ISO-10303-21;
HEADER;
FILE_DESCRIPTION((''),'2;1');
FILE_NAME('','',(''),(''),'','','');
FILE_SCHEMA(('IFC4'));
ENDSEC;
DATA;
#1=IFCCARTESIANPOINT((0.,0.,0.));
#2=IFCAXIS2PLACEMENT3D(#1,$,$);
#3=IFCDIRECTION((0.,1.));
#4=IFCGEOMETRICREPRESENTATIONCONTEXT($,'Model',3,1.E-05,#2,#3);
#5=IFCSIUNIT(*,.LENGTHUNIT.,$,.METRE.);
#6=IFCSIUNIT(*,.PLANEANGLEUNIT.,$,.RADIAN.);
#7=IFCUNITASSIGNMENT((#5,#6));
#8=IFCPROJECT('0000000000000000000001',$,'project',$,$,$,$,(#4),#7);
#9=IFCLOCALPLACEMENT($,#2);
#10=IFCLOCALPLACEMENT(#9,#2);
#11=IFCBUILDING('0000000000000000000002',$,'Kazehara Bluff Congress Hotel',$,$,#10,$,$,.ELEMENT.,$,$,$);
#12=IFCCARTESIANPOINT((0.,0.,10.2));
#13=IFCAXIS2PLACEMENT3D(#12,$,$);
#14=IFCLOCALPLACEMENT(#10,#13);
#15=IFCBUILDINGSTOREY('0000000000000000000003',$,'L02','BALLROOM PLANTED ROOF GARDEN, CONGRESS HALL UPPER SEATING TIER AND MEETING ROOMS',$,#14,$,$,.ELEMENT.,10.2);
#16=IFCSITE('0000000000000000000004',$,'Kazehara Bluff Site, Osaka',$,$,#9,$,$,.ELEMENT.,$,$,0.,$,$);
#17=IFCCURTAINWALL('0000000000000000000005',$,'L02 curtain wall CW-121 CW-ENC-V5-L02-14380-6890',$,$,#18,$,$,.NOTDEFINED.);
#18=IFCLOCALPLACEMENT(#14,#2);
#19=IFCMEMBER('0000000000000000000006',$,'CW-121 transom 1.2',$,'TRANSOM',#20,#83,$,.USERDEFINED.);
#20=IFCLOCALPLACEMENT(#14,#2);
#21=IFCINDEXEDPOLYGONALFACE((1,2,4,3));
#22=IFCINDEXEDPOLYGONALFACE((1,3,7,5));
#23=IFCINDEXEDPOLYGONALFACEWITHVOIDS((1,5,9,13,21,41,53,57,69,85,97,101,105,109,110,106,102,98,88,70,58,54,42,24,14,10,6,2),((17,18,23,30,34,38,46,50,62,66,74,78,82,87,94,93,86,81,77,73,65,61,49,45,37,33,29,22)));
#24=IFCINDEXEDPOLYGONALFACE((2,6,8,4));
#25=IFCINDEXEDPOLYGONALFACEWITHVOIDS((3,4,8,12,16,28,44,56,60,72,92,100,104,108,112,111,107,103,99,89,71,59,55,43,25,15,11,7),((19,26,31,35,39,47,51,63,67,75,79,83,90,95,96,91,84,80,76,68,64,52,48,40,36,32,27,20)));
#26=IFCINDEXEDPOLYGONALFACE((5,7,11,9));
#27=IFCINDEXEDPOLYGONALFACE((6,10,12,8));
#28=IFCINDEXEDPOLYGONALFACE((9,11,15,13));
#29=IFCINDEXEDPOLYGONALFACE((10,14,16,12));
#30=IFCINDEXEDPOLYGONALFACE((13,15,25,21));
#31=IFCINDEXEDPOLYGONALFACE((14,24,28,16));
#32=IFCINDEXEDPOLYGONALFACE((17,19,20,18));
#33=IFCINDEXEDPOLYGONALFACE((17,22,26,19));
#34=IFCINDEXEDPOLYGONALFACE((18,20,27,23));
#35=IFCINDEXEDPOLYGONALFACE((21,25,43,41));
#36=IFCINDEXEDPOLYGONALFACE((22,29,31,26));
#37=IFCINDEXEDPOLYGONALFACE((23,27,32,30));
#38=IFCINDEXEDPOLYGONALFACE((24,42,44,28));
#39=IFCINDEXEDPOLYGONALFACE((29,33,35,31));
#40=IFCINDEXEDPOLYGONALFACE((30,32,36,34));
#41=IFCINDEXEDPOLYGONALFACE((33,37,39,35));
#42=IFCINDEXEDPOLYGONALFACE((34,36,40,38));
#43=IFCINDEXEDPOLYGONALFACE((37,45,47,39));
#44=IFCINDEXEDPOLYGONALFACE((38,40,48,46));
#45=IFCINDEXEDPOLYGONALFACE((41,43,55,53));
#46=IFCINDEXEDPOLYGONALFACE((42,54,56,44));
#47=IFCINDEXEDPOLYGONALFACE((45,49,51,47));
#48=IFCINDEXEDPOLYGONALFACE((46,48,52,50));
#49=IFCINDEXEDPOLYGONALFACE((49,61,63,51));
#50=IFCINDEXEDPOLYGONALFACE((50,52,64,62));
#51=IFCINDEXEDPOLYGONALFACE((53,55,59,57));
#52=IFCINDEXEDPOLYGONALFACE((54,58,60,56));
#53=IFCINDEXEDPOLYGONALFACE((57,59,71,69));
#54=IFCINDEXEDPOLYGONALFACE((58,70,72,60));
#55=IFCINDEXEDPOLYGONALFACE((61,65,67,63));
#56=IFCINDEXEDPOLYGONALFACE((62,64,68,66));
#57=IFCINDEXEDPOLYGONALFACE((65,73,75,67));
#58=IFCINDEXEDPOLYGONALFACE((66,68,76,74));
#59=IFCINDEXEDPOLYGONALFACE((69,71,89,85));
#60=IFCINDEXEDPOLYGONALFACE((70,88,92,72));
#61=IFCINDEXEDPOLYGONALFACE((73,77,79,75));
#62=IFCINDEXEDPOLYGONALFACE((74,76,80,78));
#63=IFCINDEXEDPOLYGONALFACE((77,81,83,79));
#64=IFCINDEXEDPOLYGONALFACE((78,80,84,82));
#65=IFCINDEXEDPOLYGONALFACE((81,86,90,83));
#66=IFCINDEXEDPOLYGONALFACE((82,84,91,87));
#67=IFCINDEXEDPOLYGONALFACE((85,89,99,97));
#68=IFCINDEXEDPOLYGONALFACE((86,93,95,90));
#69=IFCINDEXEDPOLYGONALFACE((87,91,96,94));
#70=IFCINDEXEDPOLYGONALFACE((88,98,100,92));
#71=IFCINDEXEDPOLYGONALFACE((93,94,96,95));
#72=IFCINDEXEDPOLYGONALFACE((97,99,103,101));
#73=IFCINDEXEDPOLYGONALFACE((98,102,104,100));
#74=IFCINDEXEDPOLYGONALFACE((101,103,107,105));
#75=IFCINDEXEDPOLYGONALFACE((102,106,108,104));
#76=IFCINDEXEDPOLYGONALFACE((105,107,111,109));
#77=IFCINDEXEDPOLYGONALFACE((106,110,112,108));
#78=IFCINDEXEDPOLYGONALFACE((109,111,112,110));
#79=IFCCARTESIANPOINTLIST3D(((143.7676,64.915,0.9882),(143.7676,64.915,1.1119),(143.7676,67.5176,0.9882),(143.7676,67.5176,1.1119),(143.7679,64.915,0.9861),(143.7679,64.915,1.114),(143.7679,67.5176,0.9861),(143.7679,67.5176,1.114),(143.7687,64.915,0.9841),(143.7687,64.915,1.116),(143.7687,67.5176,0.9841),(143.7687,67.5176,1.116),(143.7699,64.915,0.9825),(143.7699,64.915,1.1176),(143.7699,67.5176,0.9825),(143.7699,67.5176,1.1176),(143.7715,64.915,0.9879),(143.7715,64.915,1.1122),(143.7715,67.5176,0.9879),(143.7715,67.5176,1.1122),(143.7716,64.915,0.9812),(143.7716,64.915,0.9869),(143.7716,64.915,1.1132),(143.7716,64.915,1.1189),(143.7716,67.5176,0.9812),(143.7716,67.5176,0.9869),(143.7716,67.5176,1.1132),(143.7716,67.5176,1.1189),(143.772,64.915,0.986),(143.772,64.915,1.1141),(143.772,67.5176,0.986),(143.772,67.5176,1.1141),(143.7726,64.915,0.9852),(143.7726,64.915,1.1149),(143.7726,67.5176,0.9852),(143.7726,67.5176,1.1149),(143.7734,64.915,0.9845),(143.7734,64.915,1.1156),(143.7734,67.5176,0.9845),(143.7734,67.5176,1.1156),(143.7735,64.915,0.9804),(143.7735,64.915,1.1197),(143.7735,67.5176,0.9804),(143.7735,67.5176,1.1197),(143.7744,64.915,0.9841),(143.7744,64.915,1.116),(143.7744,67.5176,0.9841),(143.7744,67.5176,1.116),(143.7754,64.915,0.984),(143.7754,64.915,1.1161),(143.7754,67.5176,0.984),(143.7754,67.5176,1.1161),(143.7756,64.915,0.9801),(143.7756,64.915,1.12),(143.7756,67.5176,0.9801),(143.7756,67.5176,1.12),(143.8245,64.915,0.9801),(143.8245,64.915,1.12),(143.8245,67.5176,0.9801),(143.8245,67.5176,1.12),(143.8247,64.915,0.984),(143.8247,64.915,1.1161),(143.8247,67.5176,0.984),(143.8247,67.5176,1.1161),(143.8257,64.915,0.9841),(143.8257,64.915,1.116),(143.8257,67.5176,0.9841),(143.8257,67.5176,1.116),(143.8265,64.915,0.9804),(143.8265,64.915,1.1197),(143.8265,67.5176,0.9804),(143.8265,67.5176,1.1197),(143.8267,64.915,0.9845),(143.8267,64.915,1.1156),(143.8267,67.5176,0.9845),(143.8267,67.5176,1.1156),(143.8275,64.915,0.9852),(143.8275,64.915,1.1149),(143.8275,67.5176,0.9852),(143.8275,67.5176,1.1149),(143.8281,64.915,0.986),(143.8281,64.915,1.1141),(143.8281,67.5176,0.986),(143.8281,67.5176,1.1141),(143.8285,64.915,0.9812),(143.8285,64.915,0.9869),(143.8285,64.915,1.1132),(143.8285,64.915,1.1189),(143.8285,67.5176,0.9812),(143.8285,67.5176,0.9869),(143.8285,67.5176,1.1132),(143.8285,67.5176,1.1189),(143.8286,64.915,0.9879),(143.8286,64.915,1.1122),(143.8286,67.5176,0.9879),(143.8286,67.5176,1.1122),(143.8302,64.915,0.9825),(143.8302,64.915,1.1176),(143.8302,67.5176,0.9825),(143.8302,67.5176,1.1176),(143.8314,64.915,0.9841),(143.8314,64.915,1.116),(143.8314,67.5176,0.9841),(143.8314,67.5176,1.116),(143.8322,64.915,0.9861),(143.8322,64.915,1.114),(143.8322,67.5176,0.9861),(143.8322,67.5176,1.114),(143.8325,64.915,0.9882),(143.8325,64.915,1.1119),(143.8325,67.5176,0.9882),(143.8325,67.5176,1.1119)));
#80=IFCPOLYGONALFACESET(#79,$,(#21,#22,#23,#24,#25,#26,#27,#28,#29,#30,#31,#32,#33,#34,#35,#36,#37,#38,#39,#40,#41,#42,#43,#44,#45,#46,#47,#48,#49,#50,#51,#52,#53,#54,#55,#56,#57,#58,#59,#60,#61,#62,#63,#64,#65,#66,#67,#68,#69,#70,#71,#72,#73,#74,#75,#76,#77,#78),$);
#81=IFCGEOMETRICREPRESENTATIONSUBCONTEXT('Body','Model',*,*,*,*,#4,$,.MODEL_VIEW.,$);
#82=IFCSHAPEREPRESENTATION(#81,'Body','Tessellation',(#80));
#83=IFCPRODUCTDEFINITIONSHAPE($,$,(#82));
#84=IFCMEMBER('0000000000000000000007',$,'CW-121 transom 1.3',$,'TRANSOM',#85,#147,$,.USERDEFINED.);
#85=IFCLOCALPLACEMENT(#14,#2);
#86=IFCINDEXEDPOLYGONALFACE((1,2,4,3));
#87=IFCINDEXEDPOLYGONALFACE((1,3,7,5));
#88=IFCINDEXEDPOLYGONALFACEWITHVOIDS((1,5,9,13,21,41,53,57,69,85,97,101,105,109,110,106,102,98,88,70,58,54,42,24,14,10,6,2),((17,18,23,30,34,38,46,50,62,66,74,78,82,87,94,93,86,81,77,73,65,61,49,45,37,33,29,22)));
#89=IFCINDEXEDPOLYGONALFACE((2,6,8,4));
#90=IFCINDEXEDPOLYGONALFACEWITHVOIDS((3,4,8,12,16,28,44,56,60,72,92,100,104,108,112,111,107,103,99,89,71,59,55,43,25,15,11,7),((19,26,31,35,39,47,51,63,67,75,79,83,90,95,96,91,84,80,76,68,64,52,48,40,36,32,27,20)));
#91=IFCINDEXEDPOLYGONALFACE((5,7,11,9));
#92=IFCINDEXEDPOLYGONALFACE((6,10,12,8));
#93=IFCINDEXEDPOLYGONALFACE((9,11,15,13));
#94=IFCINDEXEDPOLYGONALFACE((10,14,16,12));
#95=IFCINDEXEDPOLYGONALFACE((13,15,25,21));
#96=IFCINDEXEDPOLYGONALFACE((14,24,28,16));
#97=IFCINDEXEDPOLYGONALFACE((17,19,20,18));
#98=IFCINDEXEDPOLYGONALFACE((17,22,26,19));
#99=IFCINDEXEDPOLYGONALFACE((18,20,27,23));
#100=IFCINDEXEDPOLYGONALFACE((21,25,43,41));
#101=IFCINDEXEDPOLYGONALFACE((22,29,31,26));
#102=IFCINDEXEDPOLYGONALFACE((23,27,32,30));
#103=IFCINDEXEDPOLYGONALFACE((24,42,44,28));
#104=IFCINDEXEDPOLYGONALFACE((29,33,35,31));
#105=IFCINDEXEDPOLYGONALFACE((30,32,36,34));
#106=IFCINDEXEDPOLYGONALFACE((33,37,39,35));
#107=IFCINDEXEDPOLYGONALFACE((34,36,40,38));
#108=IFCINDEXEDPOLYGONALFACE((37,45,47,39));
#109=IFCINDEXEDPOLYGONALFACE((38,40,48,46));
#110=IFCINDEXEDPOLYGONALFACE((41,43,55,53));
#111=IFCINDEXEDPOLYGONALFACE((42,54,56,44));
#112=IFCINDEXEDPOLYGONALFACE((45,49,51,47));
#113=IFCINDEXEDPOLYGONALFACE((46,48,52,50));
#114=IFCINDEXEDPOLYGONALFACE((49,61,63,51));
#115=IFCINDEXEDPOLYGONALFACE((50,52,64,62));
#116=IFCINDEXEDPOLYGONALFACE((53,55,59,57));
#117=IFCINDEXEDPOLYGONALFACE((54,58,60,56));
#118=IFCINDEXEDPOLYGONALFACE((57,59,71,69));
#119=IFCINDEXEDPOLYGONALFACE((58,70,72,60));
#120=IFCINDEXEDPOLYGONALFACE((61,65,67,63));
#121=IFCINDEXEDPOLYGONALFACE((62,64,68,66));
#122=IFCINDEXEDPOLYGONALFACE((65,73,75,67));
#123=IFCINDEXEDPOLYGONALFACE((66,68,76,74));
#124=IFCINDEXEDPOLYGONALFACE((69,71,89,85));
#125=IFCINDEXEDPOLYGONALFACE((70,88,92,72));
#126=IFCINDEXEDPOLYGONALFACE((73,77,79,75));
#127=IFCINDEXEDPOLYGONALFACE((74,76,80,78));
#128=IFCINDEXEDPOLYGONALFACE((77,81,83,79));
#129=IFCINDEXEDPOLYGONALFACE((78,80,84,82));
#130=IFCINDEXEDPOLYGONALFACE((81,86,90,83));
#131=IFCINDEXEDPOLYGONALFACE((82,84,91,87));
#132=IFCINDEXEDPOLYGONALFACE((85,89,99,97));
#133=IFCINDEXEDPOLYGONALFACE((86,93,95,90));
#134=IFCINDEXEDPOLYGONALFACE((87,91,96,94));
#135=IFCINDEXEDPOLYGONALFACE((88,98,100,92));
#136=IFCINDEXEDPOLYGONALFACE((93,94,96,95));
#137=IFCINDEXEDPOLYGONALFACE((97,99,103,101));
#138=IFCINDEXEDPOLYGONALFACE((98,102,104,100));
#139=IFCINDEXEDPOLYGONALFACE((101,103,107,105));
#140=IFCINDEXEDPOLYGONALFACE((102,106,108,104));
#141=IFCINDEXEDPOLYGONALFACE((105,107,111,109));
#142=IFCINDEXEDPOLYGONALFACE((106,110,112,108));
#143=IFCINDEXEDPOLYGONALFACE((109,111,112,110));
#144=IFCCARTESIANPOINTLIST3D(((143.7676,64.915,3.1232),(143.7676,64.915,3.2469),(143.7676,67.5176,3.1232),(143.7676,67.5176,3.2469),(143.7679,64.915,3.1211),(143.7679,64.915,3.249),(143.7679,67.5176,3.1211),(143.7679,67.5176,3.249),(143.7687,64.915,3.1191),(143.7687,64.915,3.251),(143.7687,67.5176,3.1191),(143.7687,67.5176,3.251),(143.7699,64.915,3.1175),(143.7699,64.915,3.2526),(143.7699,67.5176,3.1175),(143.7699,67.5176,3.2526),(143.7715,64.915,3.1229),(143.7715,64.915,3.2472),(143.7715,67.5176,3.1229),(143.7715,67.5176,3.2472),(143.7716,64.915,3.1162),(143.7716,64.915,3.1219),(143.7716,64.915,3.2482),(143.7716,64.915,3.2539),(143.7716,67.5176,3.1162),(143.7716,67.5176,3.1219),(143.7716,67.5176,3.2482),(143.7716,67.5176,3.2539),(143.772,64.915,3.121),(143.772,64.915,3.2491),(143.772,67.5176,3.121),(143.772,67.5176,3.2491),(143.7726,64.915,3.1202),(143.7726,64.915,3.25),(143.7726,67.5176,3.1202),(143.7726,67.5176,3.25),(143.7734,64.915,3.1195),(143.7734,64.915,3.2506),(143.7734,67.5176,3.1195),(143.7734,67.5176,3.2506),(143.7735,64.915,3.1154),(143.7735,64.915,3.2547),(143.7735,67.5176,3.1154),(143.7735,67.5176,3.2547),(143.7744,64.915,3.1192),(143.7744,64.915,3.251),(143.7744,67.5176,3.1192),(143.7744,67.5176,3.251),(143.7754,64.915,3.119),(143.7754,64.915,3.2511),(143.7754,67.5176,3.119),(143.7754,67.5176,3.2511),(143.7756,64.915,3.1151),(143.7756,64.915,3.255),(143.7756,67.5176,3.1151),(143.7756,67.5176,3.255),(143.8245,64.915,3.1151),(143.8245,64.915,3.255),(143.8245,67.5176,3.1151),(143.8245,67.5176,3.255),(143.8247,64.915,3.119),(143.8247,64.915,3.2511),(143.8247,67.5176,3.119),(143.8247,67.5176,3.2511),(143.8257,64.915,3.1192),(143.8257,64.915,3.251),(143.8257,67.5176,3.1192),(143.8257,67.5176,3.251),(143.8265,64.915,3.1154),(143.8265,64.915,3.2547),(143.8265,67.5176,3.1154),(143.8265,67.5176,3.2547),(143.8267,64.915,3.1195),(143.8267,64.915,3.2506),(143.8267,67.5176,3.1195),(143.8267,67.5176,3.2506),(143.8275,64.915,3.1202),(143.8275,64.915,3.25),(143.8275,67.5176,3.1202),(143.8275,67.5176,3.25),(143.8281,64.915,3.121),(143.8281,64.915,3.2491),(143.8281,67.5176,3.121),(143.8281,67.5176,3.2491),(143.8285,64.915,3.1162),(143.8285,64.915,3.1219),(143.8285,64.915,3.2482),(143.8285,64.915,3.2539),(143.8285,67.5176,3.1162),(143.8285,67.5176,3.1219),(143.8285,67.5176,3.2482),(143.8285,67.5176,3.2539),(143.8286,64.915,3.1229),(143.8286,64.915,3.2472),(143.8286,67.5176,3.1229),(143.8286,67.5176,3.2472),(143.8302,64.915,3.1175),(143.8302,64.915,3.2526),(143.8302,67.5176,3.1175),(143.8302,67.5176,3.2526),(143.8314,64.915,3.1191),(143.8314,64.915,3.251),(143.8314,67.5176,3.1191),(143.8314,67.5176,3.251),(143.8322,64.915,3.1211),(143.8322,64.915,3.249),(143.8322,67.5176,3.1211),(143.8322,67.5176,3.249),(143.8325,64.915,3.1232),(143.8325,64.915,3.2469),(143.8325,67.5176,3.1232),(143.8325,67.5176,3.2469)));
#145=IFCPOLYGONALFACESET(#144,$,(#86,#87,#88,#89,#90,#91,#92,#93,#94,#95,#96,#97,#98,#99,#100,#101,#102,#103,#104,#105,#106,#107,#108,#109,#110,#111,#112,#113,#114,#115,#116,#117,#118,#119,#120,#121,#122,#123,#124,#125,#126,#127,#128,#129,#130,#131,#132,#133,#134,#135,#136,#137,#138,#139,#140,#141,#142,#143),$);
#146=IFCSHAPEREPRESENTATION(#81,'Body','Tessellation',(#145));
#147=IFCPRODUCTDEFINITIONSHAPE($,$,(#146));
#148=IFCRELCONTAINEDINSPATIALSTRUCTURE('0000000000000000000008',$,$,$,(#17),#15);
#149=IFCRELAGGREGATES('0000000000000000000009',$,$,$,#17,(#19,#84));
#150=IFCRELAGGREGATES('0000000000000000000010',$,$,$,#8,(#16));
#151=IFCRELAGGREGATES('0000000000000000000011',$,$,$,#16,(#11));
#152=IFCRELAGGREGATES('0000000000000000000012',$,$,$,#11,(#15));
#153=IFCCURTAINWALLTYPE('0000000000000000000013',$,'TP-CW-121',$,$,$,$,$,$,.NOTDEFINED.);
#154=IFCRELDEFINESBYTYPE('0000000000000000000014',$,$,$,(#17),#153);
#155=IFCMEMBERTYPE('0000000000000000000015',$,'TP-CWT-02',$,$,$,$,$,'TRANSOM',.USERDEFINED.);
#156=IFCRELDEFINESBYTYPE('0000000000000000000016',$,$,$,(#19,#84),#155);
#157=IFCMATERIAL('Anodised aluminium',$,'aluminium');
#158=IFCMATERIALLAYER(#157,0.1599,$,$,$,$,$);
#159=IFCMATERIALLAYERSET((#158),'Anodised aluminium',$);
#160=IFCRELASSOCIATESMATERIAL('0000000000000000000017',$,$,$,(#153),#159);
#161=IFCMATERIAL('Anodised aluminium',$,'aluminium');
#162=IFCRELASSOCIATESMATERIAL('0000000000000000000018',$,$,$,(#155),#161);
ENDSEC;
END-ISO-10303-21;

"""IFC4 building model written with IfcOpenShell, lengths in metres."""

from ifc_helpers import new_model, si_unit, direction, frame, origin, origin_2d, place, context, subcontext, project, spatial, hollow_rectangle, extrude, material, layer, layer_set, material_profile, profile_set, type_object, element, aggregate, save


model = new_model("IFC4")

# Units and contexts
model_context = context("Model", 3, precision=1e-05, world=origin(), true_north=direction((0.0, 1.0)))
body_context = subcontext(model_context, "Body", "Model", "MODEL_VIEW")
ifc_project = project(units=[si_unit("LENGTHUNIT", "METRE"), si_unit("PLANEANGLEUNIT", "RADIAN")], contexts=[model_context])

# Site, building, storey
site_placement = place(None, origin())
site = spatial("IfcSite", under=ifc_project, at=site_placement, Name="Kazehara Bluff Site, Osaka", CompositionType="ELEMENT", RefElevation=0.0)
building_placement = place(site_placement, origin())
building = spatial("IfcBuilding", under=site, at=building_placement, Name="Kazehara Bluff Congress Hotel", CompositionType="ELEMENT")
storey_placement = place(building_placement, frame((0.0, 0.0, 10.2)))
storey = spatial("IfcBuildingStorey", under=building, at=storey_placement, Name="L02", Description="BALLROOM PLANTED ROOF GARDEN, CONGRESS HALL UPPER SEATING TIER AND MEETING ROOMS", CompositionType="ELEMENT", Elevation=10.2)

# Curtain wall, members
ifc_material_1 = material(Name="Anodised aluminium", Category="aluminium")
ifc_layer_1 = layer(ifc_material_1, 0.1599)
ifc_layer_set_1 = layer_set([ifc_layer_1], Name="Anodised aluminium")
curtain_wall_type_1 = type_object("IfcCurtainWallType", Name="TP-CW-121", PredefinedType="NOTDEFINED", material=ifc_layer_set_1)
curtain_wall_1_placement = place(storey_placement, origin())
curtain_wall_1 = element("IfcCurtainWall", 1, at=curtain_wall_1_placement, inside=storey, type_object=curtain_wall_type_1, Name="L02 curtain wall CW-121 CW-ENC-V5-L02-14380-6890", PredefinedType="NOTDEFINED")
ifc_material_2 = material(Name="Anodised aluminium", Category="aluminium")
ifc_material_profile_1 = material_profile(ifc_material_2, hollow_rectangle(XDim=0.0649, YDim=0.1399, WallThickness=0.0039, InnerFilletRadius=0.0039, OuterFilletRadius=0.0081, at=origin_2d()))
ifc_profile_set_1 = profile_set([ifc_material_profile_1], Name="Anodised aluminium")
member_type_1 = type_object("IfcMemberType", Name="TP-CWT-02", ElementType="TRANSOM", PredefinedType="USERDEFINED", material=ifc_profile_set_1)
member_1_placement = place(storey_placement, frame((143.8, 64.915, 1.05), z_axis=(0.0, 1.0, 0.0), x_axis=(-1.0, 0.0, 0.0)))
member_1 = element("IfcMember", 2, at=member_1_placement, type_object=member_type_1, Name="CW-121 transom 1.2", ObjectType="TRANSOM", PredefinedType="USERDEFINED", context=body_context, shape_type="SweptSolid", body=[
    extrude(hollow_rectangle(XDim=0.0649, YDim=0.1399, WallThickness=0.0039, InnerFilletRadius=0.0039, OuterFilletRadius=0.0081, at=origin_2d()), origin(), (0.0, 0.0, 1.0), 2.6025),
])
member_2_placement = place(storey_placement, frame((143.8, 64.915, 3.1851), z_axis=(0.0, 1.0, 0.0), x_axis=(-1.0, 0.0, 0.0)))
member_2 = element("IfcMember", 3, at=member_2_placement, type_object=member_type_1, Name="CW-121 transom 1.3", ObjectType="TRANSOM", PredefinedType="USERDEFINED", context=body_context, shape_type="SweptSolid", body=[
    extrude(hollow_rectangle(XDim=0.0649, YDim=0.1399, WallThickness=0.0039, InnerFilletRadius=0.0039, OuterFilletRadius=0.0081, at=origin_2d()), origin(), (0.0, 0.0, 1.0), 2.6025),
])

aggregate(curtain_wall_1, [member_1, member_2])

save(model, "model.ifc")
